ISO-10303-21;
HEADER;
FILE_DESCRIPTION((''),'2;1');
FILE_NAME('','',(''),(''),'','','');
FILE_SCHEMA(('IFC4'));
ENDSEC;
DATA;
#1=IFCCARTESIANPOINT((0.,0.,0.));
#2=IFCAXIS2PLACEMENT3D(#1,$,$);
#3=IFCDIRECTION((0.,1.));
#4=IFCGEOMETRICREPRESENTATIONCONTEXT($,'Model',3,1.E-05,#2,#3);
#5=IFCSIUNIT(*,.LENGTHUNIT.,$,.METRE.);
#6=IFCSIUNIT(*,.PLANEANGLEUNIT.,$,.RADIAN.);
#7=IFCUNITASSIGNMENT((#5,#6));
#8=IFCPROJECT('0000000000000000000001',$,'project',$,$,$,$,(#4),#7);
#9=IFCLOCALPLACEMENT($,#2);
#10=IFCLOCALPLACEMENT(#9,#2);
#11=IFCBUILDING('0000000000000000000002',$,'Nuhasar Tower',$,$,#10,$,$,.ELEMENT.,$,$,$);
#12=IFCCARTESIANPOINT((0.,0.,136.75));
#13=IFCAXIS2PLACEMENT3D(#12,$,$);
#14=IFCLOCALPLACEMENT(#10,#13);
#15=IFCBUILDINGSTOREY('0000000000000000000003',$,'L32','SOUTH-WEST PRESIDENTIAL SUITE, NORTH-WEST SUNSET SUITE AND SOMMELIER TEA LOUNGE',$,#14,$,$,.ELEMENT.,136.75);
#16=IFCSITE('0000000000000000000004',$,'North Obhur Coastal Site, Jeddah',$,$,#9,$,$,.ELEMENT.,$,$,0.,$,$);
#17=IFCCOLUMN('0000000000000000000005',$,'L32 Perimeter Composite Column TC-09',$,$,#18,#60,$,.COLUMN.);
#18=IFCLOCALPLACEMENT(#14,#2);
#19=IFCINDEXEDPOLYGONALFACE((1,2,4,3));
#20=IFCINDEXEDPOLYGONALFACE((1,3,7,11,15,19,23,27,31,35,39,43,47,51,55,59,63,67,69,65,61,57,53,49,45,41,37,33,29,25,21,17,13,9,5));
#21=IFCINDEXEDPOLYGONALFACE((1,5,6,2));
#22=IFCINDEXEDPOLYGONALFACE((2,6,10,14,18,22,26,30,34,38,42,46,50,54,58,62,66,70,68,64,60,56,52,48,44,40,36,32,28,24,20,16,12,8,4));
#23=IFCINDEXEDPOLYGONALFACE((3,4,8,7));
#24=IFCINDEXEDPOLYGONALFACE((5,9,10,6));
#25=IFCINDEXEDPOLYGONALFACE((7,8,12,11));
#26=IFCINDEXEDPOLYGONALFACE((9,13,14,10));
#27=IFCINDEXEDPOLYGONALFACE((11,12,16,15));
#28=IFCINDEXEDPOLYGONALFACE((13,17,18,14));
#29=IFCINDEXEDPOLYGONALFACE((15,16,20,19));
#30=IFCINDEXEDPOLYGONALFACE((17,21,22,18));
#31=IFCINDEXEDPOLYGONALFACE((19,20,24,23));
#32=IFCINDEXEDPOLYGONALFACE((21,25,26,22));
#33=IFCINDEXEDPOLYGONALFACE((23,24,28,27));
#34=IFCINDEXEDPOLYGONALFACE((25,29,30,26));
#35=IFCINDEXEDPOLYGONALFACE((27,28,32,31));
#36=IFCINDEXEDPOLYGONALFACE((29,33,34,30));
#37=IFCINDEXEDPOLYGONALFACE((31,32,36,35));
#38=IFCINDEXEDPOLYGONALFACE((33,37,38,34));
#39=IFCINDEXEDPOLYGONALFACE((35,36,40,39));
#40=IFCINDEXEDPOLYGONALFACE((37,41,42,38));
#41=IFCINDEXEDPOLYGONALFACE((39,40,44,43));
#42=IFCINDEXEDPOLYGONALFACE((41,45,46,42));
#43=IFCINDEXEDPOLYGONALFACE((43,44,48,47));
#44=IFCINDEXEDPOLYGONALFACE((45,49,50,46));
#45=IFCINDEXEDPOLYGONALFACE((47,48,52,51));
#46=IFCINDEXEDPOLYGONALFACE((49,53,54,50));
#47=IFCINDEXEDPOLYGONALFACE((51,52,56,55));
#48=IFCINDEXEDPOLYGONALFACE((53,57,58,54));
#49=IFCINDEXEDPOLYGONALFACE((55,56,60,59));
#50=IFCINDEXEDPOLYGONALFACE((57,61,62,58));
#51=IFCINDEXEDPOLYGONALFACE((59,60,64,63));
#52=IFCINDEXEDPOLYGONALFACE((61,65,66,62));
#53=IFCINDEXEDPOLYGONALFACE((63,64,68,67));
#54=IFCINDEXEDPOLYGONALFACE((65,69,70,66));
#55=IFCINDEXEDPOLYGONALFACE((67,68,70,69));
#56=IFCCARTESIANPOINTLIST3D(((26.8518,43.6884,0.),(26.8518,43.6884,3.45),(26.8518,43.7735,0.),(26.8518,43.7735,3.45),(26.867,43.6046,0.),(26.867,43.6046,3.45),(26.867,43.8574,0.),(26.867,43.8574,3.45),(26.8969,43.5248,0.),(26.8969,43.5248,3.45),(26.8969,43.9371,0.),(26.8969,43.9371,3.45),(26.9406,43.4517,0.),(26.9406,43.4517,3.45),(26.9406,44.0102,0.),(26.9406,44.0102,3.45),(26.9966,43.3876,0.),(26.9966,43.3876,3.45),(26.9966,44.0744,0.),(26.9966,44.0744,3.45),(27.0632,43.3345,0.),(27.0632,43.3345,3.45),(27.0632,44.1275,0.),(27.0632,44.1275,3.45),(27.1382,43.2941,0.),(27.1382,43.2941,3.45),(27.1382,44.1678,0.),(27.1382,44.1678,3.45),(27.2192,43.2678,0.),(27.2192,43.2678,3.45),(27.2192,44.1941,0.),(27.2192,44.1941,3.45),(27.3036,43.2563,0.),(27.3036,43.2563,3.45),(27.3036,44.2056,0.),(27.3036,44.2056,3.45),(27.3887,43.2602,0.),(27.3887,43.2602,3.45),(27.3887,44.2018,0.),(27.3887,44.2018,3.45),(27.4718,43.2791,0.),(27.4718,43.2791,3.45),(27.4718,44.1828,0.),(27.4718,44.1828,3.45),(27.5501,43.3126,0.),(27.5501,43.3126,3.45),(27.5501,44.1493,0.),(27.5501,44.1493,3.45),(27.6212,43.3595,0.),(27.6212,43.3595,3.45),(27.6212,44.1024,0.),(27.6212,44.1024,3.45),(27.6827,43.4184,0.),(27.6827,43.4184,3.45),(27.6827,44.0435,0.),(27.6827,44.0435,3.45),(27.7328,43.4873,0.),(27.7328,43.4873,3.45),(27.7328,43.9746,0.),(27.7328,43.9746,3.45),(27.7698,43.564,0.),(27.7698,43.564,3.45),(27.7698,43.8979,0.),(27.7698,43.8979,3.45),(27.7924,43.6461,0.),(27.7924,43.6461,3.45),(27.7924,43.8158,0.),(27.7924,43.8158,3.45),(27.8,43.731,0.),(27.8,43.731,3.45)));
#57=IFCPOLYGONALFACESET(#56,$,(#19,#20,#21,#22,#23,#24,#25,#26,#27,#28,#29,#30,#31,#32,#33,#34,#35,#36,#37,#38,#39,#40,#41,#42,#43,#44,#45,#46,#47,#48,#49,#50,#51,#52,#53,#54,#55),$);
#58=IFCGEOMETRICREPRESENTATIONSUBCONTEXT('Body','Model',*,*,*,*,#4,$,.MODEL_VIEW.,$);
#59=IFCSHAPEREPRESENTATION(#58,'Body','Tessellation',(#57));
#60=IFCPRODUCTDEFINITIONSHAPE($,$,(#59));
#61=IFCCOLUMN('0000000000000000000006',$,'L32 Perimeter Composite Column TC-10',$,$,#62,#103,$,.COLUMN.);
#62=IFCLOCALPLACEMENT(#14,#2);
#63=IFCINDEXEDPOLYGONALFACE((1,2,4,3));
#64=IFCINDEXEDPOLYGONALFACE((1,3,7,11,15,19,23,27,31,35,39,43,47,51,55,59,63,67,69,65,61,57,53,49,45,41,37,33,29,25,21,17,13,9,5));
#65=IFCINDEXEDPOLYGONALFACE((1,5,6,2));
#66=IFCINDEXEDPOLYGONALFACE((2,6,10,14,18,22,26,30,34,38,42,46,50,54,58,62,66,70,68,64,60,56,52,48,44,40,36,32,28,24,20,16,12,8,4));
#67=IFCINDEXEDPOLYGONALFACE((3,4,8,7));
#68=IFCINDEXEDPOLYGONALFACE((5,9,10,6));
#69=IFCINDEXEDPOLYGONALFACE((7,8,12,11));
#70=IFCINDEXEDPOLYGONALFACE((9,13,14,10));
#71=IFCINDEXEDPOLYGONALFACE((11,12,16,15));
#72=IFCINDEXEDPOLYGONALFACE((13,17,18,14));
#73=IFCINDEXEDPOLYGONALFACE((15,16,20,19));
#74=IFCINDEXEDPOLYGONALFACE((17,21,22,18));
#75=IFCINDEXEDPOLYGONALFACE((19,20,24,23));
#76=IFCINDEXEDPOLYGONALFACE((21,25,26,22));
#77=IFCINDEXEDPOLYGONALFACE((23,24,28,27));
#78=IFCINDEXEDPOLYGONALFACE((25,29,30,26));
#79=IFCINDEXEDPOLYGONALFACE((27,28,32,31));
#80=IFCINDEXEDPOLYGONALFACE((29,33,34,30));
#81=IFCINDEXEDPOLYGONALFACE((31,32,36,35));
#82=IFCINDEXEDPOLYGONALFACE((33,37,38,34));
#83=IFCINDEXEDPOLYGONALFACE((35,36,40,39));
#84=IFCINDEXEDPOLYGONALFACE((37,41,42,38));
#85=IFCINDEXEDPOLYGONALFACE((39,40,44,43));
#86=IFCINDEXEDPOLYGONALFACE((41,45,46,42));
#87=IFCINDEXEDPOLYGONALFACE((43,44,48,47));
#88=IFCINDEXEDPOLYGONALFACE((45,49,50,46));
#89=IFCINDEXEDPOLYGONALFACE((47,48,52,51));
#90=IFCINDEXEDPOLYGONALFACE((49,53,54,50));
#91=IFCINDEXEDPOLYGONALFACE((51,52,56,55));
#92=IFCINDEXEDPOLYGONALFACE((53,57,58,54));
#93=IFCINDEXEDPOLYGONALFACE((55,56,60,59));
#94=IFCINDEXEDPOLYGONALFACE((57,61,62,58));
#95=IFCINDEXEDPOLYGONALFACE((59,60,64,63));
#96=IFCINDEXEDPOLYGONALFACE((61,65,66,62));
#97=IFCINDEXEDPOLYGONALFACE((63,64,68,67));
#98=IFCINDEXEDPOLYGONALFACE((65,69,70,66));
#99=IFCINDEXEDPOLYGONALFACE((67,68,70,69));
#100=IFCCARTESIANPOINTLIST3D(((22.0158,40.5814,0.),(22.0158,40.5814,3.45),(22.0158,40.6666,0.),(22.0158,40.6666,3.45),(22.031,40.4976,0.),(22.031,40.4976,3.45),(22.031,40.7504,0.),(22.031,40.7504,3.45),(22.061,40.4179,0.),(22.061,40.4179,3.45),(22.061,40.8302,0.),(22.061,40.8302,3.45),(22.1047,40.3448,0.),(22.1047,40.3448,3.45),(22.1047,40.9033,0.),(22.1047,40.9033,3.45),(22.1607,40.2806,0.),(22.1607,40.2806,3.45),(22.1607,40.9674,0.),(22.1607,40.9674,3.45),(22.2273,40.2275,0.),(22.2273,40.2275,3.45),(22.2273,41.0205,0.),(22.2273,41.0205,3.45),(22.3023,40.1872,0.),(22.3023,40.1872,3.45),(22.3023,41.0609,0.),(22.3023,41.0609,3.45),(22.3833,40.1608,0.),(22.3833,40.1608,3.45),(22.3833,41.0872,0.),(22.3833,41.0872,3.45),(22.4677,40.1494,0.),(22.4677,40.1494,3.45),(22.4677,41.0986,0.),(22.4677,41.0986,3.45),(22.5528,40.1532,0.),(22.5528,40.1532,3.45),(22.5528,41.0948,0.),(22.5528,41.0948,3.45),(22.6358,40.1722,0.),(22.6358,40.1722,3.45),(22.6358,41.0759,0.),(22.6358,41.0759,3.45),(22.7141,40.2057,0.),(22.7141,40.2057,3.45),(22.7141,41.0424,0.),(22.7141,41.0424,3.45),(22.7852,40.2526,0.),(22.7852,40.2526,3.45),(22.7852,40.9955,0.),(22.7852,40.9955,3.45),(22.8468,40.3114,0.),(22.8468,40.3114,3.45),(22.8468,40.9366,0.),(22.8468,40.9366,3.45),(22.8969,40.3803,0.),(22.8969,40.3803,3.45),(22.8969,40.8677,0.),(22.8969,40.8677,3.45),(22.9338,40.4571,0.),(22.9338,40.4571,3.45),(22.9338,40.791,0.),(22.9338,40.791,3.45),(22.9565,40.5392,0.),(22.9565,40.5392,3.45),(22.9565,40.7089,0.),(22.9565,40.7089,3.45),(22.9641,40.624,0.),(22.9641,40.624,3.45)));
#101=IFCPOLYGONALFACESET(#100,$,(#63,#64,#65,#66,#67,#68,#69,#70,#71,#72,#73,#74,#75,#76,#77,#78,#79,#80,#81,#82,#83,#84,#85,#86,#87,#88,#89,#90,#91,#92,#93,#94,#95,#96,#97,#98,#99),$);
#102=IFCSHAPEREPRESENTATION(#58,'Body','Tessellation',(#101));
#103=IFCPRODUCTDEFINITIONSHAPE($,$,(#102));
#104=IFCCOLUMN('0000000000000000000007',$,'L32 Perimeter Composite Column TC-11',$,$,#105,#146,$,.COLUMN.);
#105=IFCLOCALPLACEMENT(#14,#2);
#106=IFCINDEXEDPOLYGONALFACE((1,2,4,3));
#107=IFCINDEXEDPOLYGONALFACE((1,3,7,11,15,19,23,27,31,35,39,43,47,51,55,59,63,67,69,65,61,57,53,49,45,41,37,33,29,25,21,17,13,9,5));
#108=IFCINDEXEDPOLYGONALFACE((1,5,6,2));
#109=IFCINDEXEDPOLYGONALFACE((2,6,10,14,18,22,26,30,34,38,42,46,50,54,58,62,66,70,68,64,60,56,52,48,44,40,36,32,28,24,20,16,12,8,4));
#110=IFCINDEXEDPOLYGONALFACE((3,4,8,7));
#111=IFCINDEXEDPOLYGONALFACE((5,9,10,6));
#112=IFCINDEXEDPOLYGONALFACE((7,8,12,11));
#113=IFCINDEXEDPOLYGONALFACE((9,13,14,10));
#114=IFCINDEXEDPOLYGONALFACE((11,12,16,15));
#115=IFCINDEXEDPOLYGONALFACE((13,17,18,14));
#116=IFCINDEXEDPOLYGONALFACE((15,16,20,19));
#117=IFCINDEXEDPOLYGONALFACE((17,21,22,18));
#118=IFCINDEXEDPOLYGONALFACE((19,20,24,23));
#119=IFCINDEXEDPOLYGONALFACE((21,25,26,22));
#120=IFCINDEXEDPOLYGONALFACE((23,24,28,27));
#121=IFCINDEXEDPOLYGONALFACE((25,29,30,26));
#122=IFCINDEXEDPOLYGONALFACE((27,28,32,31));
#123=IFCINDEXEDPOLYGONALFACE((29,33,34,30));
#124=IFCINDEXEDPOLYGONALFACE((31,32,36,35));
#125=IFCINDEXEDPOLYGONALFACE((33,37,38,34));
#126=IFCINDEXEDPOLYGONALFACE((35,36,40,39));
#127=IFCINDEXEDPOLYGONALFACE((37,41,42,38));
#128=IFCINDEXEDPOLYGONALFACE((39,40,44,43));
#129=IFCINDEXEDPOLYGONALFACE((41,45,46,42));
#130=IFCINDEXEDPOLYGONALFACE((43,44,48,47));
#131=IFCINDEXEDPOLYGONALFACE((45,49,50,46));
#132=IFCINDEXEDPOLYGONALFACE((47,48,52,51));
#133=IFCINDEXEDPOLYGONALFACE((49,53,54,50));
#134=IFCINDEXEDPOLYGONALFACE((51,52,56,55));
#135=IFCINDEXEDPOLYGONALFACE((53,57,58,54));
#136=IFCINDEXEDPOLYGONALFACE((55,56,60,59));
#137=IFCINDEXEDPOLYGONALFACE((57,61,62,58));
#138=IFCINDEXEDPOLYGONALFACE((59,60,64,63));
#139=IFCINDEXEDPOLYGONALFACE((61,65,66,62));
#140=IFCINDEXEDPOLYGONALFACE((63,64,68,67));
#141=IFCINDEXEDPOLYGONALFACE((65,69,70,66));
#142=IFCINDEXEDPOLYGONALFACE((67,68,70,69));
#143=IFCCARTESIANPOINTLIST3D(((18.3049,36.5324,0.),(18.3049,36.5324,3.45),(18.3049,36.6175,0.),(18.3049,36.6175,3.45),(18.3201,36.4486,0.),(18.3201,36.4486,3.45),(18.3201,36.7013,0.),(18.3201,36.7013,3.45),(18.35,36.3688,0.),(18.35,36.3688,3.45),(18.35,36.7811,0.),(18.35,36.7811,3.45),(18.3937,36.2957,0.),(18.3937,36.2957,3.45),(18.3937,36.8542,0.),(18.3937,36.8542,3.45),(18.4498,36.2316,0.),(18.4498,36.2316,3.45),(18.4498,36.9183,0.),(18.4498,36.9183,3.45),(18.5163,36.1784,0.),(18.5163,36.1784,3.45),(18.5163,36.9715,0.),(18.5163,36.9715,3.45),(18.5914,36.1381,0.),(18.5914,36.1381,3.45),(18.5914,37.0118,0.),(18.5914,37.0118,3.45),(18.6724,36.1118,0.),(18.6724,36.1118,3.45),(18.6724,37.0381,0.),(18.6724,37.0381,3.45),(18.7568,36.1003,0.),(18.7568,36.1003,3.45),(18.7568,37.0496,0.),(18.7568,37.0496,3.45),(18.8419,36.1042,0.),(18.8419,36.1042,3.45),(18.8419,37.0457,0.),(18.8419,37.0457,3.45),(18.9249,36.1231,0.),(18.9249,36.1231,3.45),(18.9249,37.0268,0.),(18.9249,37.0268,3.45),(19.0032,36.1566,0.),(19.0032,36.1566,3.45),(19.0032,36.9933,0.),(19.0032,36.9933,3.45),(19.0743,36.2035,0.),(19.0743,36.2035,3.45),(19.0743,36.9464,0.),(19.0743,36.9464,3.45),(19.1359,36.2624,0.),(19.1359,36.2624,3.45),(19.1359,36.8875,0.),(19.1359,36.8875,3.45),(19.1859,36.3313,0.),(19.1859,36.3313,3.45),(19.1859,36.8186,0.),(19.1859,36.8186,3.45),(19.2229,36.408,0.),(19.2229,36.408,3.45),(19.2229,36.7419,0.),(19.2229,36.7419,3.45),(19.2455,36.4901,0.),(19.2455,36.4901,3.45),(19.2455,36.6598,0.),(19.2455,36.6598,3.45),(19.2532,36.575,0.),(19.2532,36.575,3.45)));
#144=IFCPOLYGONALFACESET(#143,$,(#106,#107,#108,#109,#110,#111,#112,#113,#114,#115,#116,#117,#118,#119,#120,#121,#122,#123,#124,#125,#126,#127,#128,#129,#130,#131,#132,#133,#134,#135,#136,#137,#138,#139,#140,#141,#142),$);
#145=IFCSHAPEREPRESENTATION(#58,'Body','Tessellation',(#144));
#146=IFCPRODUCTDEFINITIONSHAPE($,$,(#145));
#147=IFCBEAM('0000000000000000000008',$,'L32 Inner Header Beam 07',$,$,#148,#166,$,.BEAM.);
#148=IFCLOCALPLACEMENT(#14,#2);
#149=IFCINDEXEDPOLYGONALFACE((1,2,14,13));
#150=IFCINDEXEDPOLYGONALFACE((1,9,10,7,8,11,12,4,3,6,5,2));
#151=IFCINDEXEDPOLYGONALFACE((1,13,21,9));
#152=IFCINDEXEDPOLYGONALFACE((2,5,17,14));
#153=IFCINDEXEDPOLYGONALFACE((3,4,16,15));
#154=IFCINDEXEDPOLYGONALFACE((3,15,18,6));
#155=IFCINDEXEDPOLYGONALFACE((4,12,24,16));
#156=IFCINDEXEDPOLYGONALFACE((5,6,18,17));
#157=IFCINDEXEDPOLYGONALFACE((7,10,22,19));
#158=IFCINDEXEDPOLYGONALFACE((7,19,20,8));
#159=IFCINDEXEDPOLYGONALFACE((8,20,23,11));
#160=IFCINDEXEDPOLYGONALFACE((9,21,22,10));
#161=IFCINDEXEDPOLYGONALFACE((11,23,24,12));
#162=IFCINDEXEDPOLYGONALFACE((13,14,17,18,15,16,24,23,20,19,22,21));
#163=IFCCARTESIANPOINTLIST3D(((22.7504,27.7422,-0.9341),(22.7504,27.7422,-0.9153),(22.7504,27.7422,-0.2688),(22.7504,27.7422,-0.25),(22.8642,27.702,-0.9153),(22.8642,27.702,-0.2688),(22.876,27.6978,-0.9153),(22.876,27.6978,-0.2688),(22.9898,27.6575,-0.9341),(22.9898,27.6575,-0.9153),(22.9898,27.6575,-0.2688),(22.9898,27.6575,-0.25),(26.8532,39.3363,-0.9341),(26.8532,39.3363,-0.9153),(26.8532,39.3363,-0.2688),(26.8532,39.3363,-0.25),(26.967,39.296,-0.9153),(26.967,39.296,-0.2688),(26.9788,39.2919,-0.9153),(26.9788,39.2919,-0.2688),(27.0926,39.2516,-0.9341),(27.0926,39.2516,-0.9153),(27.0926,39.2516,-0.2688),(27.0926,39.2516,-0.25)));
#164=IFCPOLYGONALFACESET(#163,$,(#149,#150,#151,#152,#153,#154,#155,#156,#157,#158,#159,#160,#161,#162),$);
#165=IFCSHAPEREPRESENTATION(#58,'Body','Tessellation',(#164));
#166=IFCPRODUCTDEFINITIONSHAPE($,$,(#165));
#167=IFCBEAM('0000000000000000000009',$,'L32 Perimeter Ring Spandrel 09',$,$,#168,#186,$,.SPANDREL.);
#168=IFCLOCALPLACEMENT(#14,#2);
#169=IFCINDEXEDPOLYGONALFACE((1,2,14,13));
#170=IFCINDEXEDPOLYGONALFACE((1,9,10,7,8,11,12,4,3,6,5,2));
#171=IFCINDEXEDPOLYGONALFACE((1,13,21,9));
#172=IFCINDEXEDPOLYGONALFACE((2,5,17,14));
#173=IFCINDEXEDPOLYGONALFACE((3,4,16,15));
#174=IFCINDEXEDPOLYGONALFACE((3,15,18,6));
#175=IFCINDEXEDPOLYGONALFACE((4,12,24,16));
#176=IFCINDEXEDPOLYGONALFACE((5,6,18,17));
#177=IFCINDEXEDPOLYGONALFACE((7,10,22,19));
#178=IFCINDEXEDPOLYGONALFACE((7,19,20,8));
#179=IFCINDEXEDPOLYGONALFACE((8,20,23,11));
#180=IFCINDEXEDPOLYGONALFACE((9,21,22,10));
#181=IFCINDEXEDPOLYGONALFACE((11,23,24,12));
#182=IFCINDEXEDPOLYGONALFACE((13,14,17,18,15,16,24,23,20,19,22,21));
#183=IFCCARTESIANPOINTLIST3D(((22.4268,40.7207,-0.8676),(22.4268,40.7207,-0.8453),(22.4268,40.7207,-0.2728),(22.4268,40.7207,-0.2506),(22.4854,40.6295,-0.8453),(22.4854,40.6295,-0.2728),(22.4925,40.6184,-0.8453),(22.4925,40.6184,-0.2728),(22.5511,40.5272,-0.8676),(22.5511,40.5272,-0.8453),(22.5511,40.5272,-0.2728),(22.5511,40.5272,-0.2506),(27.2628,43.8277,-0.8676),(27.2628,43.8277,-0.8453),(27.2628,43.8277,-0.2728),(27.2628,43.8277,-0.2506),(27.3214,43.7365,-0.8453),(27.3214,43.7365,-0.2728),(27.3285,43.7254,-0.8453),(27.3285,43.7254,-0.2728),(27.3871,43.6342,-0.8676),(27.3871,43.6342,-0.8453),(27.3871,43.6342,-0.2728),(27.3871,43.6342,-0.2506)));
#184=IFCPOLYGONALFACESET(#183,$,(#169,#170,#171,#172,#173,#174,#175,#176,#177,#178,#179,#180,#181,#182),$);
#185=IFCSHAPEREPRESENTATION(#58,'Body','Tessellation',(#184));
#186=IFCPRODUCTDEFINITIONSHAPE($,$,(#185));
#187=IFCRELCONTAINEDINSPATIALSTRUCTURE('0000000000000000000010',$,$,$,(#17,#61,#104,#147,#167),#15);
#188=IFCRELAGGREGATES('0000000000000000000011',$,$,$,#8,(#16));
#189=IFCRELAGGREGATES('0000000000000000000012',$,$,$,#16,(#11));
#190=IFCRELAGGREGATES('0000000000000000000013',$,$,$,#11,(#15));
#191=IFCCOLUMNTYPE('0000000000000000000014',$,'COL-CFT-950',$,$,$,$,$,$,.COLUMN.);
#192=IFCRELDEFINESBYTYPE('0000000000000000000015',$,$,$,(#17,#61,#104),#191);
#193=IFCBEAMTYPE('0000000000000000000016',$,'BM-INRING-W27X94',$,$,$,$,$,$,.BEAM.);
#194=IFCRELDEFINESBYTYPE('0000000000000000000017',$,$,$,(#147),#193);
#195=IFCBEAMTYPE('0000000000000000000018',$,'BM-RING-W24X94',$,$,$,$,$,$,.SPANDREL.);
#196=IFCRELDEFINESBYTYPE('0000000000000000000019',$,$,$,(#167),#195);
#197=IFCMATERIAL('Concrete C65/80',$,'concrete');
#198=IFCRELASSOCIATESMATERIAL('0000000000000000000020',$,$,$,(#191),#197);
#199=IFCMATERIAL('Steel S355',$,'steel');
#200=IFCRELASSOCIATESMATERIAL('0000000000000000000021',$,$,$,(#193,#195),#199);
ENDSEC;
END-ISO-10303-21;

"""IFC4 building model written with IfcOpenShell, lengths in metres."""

from ifc_helpers import new_model, si_unit, direction, frame, origin, origin_2d, place, context, subcontext, project, spatial, circle, i_section, extrude, material, material_profile, profile_set, type_object, element, save


model = new_model("IFC4")

# Units and contexts
model_context = context("Model", 3, precision=1e-05, world=origin(), true_north=direction((0.0, 1.0)))
body_context = subcontext(model_context, "Body", "Model", "MODEL_VIEW")
ifc_project = project(units=[si_unit("LENGTHUNIT", "METRE"), si_unit("PLANEANGLEUNIT", "RADIAN")], contexts=[model_context])

# Site, building, storey
site_placement = place(None, origin())
site = spatial("IfcSite", under=ifc_project, at=site_placement, Name="North Obhur Coastal Site, Jeddah", CompositionType="ELEMENT", RefElevation=0.0)
building_placement = place(site_placement, origin())
building = spatial("IfcBuilding", under=site, at=building_placement, Name="Nuhasar Tower", CompositionType="ELEMENT")
storey_placement = place(building_placement, frame((0.0, 0.0, 136.75)))
storey = spatial("IfcBuildingStorey", under=building, at=storey_placement, Name="L32", Description="SOUTH-WEST PRESIDENTIAL SUITE, NORTH-WEST SUNSET SUITE AND SOMMELIER TEA LOUNGE", CompositionType="ELEMENT", Elevation=136.75)

# Columns
ifc_material_1 = material(Name="Concrete C65/80", Category="concrete")
ifc_material_profile_1 = material_profile(ifc_material_1, circle(Radius=0.4751, at=origin_2d()), Name="CFT950")
ifc_profile_set_1 = profile_set([ifc_material_profile_1], Name="Concrete C65/80")
column_type = type_object("IfcColumnType", Name="COL-CFT-950", PredefinedType="COLUMN", material=ifc_profile_set_1)
for number, where, z_axis, x_axis, name in (
    (1, (27.325, 43.731, 0.0), (0.0, 0.0, 1.0), (1.0, 0.0, 0.0), "L32 Perimeter Composite Column TC-09"),
    (2, (22.489, 40.624, 0.0), (0.0, 0.0, 1.0), (1.0, 0.0, 0.0), "L32 Perimeter Composite Column TC-10"),
    (3, (18.7781, 36.575, 0.0), (0.0, 0.0, 1.0), (1.0, 0.0, 0.0), "L32 Perimeter Composite Column TC-11"),
):
    element("IfcColumn", number, at=place(storey_placement, frame(where, z_axis=z_axis, x_axis=x_axis)), inside=storey, type_object=column_type, Name=name, PredefinedType="COLUMN", context=body_context, shape_type="SweptSolid", body=[
        extrude(circle(Radius=0.4751, at=origin_2d()), origin(), (0.0, 0.0, 1.0), 3.45),
    ])

# Beams
ifc_material_2 = material(Name="Steel S355", Category="steel")
ifc_material_profile_2 = material_profile(ifc_material_2, i_section(OverallWidth=0.2539, OverallDepth=0.6841, WebThickness=0.0125, FlangeThickness=0.0188, at=origin_2d()), Name="W27X94")
ifc_profile_set_2 = profile_set([ifc_material_profile_2], Name="Steel S355")
beam_type_1 = type_object("IfcBeamType", Name="BM-INRING-W27X94", PredefinedType="BEAM", material=ifc_profile_set_2)
beam_1_placement = place(storey_placement, frame((26.9729, 39.2939, -0.592), z_axis=(-0.3336, -0.942715, 0.0), x_axis=(0.942715, -0.3336, 0.0)))
element("IfcBeam", 4, at=beam_1_placement, inside=storey, type_object=beam_type_1, Name="L32 Inner Header Beam 07", PredefinedType="BEAM", context=body_context, shape_type="SweptSolid", body=[
    extrude(i_section(OverallWidth=0.2539, OverallDepth=0.6841, WebThickness=0.0125, FlangeThickness=0.0188, at=origin_2d()), origin(), (0.0, 0.0, 1.0), 12.2986),
])
ifc_material_profile_3 = material_profile(ifc_material_2, i_section(OverallWidth=0.23, OverallDepth=0.6169, WebThickness=0.0132, FlangeThickness=0.0222, at=origin_2d()), Name="W24X94")
ifc_profile_set_3 = profile_set([ifc_material_profile_3], Name="Steel S355")
beam_type_2 = type_object("IfcBeamType", Name="BM-RING-W24X94", PredefinedType="SPANDREL", material=ifc_profile_set_3)
beam_2_placement = place(storey_placement, frame((27.325, 43.731, -0.5591), z_axis=(-0.841327, -0.540526, 0.0), x_axis=(0.540526, -0.841327, 0.0)))
element("IfcBeam", 5, at=beam_2_placement, inside=storey, type_object=beam_type_2, Name="L32 Perimeter Ring Spandrel 09", PredefinedType="SPANDREL", context=body_context, shape_type="SweptSolid", body=[
    extrude(i_section(OverallWidth=0.23, OverallDepth=0.6169, WebThickness=0.0132, FlangeThickness=0.0222, at=origin_2d()), origin(), (0.0, 0.0, 1.0), 5.748),
])

save(model, "model.ifc")
